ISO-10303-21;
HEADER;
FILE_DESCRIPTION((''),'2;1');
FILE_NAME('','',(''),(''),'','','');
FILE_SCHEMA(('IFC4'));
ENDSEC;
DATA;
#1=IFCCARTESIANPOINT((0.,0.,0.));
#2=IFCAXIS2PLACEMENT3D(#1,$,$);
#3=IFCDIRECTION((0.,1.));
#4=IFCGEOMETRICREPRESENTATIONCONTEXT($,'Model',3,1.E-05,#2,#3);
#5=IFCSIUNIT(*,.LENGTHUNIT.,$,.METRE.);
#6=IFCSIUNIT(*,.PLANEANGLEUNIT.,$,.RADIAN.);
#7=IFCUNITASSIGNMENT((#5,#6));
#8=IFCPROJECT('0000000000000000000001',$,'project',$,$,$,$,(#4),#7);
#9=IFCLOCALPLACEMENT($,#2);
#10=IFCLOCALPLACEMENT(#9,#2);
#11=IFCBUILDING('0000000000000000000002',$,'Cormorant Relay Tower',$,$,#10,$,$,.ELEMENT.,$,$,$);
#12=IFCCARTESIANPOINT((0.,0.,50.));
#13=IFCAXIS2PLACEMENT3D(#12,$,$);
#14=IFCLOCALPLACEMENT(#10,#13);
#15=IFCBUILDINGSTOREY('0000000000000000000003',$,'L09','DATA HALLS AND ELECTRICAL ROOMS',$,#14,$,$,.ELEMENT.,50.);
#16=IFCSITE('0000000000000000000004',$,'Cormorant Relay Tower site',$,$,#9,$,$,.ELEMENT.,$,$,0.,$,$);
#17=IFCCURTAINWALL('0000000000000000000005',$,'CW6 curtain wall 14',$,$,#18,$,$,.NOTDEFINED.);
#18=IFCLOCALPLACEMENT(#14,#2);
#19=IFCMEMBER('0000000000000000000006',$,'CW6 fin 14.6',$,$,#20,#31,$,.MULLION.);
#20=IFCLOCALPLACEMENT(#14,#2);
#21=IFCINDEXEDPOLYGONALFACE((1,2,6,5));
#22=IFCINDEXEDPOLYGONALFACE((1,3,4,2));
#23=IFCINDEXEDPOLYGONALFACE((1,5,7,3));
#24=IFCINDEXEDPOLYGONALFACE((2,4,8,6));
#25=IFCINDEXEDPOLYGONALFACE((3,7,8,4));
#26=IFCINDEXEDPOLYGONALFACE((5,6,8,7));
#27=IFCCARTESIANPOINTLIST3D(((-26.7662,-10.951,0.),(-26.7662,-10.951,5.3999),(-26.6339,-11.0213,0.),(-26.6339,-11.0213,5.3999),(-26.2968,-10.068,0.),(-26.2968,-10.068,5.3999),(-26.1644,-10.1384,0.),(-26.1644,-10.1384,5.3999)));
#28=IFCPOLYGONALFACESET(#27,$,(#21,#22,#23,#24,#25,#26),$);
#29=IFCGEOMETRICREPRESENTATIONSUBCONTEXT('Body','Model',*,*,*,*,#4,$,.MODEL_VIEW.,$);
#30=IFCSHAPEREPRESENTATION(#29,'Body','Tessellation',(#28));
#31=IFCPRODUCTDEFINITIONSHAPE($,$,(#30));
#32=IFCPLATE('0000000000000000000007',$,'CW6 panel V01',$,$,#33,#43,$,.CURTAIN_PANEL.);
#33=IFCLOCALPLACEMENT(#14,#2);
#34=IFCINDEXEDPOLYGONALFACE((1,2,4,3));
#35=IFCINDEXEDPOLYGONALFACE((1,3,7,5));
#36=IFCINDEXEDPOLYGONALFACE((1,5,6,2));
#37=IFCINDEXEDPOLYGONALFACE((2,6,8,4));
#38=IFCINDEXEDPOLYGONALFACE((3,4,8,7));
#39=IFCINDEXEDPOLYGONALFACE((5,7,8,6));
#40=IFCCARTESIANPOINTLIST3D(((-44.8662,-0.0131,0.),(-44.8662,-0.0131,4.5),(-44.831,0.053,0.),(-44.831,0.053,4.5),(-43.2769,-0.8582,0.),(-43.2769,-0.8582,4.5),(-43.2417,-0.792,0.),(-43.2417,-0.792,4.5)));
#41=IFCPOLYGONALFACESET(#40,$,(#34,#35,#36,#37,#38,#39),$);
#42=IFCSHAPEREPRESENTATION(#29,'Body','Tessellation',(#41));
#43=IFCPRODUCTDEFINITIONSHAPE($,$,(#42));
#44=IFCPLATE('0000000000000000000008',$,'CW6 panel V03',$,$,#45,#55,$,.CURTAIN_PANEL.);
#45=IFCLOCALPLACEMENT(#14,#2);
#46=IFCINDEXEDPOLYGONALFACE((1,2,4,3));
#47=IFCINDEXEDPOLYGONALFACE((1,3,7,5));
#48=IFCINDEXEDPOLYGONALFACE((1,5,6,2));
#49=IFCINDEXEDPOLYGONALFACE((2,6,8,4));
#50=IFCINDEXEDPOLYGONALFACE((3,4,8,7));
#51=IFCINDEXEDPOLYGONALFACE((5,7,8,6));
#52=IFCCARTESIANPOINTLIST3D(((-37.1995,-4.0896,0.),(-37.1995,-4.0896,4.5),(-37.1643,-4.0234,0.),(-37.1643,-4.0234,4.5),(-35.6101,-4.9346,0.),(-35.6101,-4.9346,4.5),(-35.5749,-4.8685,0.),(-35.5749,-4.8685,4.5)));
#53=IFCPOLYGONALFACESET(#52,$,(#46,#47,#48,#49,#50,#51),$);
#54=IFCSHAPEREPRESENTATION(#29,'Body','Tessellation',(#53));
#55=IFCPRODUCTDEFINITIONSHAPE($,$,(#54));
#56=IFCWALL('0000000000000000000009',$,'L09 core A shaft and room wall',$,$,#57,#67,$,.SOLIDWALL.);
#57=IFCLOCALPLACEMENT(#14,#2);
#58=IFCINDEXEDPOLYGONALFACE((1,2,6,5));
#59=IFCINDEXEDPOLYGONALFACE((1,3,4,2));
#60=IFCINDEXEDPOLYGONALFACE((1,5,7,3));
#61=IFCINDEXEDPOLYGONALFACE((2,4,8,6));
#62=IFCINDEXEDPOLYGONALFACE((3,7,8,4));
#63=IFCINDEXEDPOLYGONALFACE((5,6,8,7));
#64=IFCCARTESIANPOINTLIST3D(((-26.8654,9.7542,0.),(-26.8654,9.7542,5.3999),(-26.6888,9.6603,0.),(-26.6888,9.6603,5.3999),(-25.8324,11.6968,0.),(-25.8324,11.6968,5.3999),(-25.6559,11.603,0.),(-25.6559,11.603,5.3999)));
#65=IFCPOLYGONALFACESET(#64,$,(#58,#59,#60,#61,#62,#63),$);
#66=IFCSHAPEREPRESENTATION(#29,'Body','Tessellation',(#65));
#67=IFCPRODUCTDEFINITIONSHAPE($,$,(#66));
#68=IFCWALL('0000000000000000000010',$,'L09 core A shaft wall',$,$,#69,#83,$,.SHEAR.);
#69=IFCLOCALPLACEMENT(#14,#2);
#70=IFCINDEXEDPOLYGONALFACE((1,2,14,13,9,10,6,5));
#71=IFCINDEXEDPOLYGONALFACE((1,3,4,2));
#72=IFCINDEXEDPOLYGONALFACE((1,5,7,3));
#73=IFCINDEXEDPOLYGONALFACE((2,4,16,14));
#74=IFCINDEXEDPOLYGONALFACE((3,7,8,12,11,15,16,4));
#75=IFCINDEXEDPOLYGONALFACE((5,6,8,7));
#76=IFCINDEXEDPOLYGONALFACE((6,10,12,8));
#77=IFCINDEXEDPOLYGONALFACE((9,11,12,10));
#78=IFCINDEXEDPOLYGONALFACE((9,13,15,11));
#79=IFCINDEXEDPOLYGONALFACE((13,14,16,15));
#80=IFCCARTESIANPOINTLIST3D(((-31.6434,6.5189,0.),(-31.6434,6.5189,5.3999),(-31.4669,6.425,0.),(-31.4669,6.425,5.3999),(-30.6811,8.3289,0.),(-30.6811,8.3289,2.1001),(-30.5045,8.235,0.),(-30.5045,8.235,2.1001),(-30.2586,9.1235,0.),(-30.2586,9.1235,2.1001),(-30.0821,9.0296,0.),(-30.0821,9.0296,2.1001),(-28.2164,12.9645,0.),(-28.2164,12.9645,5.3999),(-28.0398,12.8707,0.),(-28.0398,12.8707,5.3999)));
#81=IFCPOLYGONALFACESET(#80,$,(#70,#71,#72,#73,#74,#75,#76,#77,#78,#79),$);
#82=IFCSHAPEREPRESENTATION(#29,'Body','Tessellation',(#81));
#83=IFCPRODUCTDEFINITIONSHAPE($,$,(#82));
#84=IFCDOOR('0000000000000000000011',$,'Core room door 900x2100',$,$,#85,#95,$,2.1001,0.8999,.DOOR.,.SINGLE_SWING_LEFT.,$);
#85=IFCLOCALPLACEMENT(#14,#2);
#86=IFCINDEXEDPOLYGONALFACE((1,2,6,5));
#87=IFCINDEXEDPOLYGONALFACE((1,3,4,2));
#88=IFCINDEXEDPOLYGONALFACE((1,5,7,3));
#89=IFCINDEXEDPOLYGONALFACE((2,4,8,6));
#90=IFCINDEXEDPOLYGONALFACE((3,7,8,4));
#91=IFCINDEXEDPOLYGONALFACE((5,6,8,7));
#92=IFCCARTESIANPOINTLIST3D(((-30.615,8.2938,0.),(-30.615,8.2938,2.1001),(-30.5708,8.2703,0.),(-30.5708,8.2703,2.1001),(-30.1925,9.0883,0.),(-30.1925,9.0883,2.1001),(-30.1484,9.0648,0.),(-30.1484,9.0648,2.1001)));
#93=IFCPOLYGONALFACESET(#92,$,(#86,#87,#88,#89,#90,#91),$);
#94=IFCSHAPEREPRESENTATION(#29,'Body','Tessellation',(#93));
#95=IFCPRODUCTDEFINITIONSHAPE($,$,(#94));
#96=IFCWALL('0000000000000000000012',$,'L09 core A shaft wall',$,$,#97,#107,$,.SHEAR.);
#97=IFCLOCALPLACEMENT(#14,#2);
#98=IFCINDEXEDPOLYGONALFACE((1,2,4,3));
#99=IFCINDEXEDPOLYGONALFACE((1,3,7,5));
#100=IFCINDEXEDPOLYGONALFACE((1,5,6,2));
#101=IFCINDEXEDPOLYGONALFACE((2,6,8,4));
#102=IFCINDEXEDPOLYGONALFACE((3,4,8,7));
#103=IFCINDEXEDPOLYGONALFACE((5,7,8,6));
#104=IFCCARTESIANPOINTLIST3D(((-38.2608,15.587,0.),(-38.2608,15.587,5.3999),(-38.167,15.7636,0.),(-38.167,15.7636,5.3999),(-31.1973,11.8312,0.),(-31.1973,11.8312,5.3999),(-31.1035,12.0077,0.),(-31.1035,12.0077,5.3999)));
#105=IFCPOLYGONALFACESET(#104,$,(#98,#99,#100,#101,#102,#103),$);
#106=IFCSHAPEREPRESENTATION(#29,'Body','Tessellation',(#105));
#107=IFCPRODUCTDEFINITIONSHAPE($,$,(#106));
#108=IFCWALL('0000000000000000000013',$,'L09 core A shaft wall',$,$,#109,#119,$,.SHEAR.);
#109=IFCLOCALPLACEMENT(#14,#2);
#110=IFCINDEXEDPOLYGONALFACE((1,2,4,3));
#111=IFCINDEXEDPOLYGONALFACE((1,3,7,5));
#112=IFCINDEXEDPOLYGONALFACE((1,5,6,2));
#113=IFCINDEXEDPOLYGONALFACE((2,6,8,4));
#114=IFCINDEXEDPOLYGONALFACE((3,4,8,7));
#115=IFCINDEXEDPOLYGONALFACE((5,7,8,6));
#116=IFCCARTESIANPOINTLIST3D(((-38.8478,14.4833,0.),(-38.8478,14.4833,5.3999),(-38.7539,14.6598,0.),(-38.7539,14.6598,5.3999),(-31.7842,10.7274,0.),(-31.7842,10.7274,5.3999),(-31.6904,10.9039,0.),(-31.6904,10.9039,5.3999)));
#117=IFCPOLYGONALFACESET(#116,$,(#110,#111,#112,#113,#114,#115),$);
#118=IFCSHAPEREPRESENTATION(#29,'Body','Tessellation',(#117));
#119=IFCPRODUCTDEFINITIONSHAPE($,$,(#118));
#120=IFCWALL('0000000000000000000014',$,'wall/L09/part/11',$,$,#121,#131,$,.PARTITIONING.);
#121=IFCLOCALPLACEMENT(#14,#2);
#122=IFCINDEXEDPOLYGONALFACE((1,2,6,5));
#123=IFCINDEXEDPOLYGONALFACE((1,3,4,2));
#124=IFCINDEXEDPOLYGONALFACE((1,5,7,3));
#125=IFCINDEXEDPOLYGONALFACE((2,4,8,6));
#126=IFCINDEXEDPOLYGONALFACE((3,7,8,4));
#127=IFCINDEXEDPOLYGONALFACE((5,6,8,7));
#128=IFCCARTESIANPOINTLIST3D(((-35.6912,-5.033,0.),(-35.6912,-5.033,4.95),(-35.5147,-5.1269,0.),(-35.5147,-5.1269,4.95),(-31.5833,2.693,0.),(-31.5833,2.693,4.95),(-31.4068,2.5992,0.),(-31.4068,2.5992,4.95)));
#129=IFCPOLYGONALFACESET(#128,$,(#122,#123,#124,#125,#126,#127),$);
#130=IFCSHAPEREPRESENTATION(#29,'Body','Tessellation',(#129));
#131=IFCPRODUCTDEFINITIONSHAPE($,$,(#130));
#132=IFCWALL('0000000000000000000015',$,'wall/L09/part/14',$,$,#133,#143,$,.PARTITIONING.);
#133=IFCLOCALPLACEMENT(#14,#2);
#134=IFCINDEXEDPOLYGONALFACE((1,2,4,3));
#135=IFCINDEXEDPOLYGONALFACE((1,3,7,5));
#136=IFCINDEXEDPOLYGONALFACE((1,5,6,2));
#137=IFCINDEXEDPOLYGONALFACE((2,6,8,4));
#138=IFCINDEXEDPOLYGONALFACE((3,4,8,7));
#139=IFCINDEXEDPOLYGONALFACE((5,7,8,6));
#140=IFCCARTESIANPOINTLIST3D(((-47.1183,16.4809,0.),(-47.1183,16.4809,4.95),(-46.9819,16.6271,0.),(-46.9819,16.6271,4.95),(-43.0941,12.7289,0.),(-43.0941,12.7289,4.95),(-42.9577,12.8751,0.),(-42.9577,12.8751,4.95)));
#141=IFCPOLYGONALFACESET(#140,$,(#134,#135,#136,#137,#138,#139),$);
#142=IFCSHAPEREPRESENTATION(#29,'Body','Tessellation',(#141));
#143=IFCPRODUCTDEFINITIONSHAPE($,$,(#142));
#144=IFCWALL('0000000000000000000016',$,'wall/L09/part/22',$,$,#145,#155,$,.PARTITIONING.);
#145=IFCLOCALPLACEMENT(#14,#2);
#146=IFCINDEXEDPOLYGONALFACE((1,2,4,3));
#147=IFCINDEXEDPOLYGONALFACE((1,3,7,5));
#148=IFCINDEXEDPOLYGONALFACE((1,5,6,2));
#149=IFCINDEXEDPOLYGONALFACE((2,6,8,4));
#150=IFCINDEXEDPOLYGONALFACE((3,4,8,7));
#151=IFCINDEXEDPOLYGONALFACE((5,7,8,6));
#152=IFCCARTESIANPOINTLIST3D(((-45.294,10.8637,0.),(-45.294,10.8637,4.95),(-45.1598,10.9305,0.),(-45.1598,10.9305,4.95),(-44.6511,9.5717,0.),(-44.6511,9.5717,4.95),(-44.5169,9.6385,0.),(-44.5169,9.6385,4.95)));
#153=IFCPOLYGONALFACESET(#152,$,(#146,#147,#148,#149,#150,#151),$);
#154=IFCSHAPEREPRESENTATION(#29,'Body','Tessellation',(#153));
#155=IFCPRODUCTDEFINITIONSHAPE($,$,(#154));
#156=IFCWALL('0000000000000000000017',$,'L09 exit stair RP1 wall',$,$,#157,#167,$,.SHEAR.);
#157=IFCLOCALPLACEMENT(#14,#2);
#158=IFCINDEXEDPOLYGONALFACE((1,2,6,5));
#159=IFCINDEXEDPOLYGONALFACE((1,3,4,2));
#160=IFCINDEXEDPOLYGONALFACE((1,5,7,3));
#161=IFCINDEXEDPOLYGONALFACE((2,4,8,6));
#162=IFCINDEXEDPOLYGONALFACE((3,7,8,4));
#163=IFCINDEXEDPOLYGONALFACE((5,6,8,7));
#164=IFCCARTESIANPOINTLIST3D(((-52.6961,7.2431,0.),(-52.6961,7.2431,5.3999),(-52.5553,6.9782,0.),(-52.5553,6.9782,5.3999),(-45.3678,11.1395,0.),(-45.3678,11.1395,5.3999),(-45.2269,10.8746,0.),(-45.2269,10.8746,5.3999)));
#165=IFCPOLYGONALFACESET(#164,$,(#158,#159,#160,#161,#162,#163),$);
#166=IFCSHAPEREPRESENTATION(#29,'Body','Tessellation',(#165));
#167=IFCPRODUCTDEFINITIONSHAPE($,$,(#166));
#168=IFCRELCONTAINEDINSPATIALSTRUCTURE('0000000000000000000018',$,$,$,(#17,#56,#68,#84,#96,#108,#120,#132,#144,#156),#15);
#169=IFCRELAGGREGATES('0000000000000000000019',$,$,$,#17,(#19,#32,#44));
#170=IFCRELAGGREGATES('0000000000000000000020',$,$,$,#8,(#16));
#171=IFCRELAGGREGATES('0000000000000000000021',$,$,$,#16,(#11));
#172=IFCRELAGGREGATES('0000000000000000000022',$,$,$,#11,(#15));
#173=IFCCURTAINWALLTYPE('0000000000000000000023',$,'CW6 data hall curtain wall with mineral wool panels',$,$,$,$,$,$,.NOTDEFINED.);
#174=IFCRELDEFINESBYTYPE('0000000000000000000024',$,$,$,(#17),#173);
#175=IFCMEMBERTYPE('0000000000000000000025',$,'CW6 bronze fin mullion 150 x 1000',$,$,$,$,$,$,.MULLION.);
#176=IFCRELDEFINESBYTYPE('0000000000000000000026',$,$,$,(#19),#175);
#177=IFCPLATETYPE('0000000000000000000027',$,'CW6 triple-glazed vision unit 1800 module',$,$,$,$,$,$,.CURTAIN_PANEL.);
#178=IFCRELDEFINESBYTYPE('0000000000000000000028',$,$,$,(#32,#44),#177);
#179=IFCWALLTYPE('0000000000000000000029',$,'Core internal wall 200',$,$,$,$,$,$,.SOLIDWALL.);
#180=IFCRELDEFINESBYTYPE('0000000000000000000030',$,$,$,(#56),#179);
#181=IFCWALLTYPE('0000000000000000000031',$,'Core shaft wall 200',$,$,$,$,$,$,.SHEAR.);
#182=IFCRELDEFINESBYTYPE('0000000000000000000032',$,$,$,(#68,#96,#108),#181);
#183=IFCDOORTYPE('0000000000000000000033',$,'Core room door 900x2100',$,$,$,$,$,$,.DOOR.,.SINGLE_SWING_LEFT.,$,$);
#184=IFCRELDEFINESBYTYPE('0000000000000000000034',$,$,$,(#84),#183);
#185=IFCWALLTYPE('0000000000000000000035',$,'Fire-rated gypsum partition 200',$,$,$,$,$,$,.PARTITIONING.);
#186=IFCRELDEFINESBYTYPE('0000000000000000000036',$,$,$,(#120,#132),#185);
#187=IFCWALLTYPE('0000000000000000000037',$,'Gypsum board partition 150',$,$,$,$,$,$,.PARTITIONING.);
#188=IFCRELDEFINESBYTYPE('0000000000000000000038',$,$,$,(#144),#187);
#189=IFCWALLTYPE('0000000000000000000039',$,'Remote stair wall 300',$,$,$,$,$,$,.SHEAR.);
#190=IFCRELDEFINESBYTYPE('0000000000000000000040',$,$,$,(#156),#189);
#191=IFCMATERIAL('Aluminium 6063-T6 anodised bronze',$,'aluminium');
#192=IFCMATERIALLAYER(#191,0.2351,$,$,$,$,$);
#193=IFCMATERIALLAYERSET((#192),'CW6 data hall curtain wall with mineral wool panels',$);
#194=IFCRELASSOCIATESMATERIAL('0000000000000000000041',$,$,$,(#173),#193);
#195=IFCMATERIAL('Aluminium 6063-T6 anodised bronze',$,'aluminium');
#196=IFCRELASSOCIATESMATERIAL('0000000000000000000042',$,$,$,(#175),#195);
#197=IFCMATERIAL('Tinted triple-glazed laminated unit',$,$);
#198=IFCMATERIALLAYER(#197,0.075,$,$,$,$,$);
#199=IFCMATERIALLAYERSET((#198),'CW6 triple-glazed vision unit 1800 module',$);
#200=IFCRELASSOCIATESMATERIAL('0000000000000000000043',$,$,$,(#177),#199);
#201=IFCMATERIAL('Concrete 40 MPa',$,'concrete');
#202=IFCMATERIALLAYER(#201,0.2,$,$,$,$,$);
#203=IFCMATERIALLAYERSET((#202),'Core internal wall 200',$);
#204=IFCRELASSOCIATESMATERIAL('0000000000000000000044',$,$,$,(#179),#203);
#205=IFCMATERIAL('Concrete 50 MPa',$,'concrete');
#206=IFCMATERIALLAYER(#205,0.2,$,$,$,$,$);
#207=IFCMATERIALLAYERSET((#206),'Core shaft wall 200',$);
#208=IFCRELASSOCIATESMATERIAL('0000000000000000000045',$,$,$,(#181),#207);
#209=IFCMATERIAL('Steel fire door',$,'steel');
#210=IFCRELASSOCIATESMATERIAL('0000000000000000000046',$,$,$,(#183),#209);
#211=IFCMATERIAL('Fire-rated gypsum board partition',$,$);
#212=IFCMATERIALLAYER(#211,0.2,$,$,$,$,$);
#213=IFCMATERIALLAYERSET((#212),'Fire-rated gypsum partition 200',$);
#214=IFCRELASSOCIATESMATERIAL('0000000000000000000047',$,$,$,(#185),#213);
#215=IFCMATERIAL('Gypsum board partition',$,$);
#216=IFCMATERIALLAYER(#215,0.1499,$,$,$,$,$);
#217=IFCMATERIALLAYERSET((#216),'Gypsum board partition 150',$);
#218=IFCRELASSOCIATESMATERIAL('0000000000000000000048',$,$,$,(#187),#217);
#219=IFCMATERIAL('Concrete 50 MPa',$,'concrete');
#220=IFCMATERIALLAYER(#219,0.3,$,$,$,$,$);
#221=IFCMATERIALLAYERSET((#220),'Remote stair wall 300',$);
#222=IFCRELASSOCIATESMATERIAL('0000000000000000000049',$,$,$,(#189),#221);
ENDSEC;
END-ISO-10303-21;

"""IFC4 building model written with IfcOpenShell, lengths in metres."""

from ifc_helpers import new_model, si_unit, direction, frame, frame_2d, origin, origin_2d, place, context, subcontext, project, spatial, rectangle, extrude, material, layer, layer_set, material_profile, profile_set, type_object, element, fill, aggregate, save


model = new_model("IFC4")

# Units and contexts
model_context = context("Model", 3, precision=1e-05, world=origin(), true_north=direction((0.0, 1.0)))
body_context = subcontext(model_context, "Body", "Model", "MODEL_VIEW")
ifc_project = project(units=[si_unit("LENGTHUNIT", "METRE"), si_unit("PLANEANGLEUNIT", "RADIAN")], contexts=[model_context])

# Site, building, storey
site_placement = place(None, origin())
site = spatial("IfcSite", under=ifc_project, at=site_placement, Name="Cormorant Relay Tower site", CompositionType="ELEMENT", RefElevation=0.0)
building_placement = place(site_placement, origin())
building = spatial("IfcBuilding", under=site, at=building_placement, Name="Cormorant Relay Tower", CompositionType="ELEMENT")
storey_placement = place(building_placement, frame((0.0, 0.0, 50.0)))
storey = spatial("IfcBuildingStorey", under=building, at=storey_placement, Name="L09", Description="DATA HALLS AND ELECTRICAL ROOMS", CompositionType="ELEMENT", Elevation=50.0)

# Curtain wall, member, plates
ifc_material_1 = material(Name="Aluminium 6063-T6 anodised bronze", Category="aluminium")
ifc_layer_1 = layer(ifc_material_1, 0.2351)
ifc_layer_set_1 = layer_set([ifc_layer_1], Name="CW6 data hall curtain wall with mineral wool panels")
curtain_wall_type = type_object("IfcCurtainWallType", Name="CW6 data hall curtain wall with mineral wool panels", PredefinedType="NOTDEFINED", material=ifc_layer_set_1)
curtain_wall_placement = place(storey_placement, origin())
curtain_wall = element("IfcCurtainWall", 1, at=curtain_wall_placement, inside=storey, type_object=curtain_wall_type, Name="CW6 curtain wall 14", PredefinedType="NOTDEFINED")
ifc_material_2 = material(Name="Aluminium 6063-T6 anodised bronze", Category="aluminium")
ifc_material_profile_1 = material_profile(ifc_material_2, rectangle(XDim=0.1499, YDim=1.0, at=origin_2d()), Name="AL 150x1000")
ifc_profile_set_1 = profile_set([ifc_material_profile_1], Name="Aluminium 6063-T6 anodised bronze")
member_type = type_object("IfcMemberType", Name="CW6 bronze fin mullion 150 x 1000", PredefinedType="MULLION", material=ifc_profile_set_1)
member_1_placement = place(storey_placement, frame((-26.4653, -10.5447, 0.0), z_axis=(0.0, 0.0, 1.0), x_axis=(0.882948, -0.469472, 0.0)))
member_1 = element("IfcMember", 2, at=member_1_placement, type_object=member_type, Name="CW6 fin 14.6", PredefinedType="MULLION", context=body_context, shape_type="SweptSolid", body=[
    extrude(rectangle(XDim=0.1499, YDim=1.0, at=origin_2d()), origin(), (0.0, 0.0, 1.0), 5.3999),
])
ifc_material_3 = material(Name="Tinted triple-glazed laminated unit")
ifc_layer_2 = layer(ifc_material_3, 0.075)
ifc_layer_set_2 = layer_set([ifc_layer_2], Name="CW6 triple-glazed vision unit 1800 module")
plate_type = type_object("IfcPlateType", Name="CW6 triple-glazed vision unit 1800 module", PredefinedType="CURTAIN_PANEL", material=ifc_layer_set_2)
plate_1_placement = place(storey_placement, frame((-44.054, -0.4026, 0.0), z_axis=(0.0, 0.0, 1.0), x_axis=(0.882948, -0.469472, 0.0)))
plate_1 = element("IfcPlate", 3, at=plate_1_placement, type_object=plate_type, Name="CW6 panel V01", PredefinedType="CURTAIN_PANEL", context=body_context, shape_type="SweptSolid", body=[
    extrude(rectangle(XDim=1.8, YDim=0.075, at=origin_2d()), origin(), (0.0, 0.0, 1.0), 4.5),
])
plate_2_placement = place(storey_placement, frame((-36.3872, -4.479, 0.0), z_axis=(0.0, 0.0, 1.0), x_axis=(0.882948, -0.469472, 0.0)))
plate_2 = element("IfcPlate", 4, at=plate_2_placement, type_object=plate_type, Name="CW6 panel V03", PredefinedType="CURTAIN_PANEL", context=body_context, shape_type="SweptSolid", body=[
    extrude(rectangle(XDim=1.8, YDim=0.075, at=origin_2d()), origin(), (0.0, 0.0, 1.0), 4.5),
])

# Wall
ifc_material_4 = material(Name="Concrete 40 MPa", Category="concrete")
ifc_layer_3 = layer(ifc_material_4, 0.2)
ifc_layer_set_3 = layer_set([ifc_layer_3], Name="Core internal wall 200")
wall_type_1 = type_object("IfcWallType", Name="Core internal wall 200", PredefinedType="SOLIDWALL", material=ifc_layer_set_3)
wall_1_placement = place(storey_placement, frame((-25.7441, 11.6499, 0.0), z_axis=(0.0, 0.0, 1.0), x_axis=(-0.469488, -0.882939, 0.0)))
element("IfcWall", 5, at=wall_1_placement, inside=storey, type_object=wall_type_1, Name="L09 core A shaft and room wall", PredefinedType="SOLIDWALL", context=body_context, shape_type="SweptSolid", body=[
    extrude(rectangle(XDim=2.2002, YDim=0.2, at=frame_2d((1.1001, 0.0))), origin(), (0.0, 0.0, 1.0), 5.3999),
])

# Wall, opening, door
ifc_material_5 = material(Name="Concrete 50 MPa", Category="concrete")
ifc_layer_4 = layer(ifc_material_5, 0.2)
ifc_layer_set_4 = layer_set([ifc_layer_4], Name="Core shaft wall 200")
wall_type_2 = type_object("IfcWallType", Name="Core shaft wall 200", PredefinedType="SHEAR", material=ifc_layer_set_4)
wall_2_placement = place(storey_placement, frame((-28.1282, 12.9175, 0.0), z_axis=(0.0, 0.0, 1.0), x_axis=(-0.469454, -0.882957, 0.0)))
wall_2 = element("IfcWall", 6, at=wall_2_placement, inside=storey, type_object=wall_type_2, Name="L09 core A shaft wall", PredefinedType="SHEAR", context=body_context, shape_type="SweptSolid", body=[
    extrude(rectangle(XDim=7.3, YDim=0.2, at=frame_2d((3.6499, 0.0))), origin(), (0.0, 0.0, 1.0), 5.3999),
])
opening_placement = place(wall_2_placement, frame((4.3501, 0.0, 0.0)))
opening = element("IfcOpeningElement", 7, at=opening_placement, cuts=wall_2, PredefinedType="OPENING", context=body_context, shape_type="SweptSolid", body=[
    extrude(rectangle(XDim=0.8999, YDim=2.1001, at=frame_2d((0.45, 1.05))), frame((0.0, 0.1099, 0.0), z_axis=(0.0, -1.0, 0.0), x_axis=(1.0, 0.0, 0.0)), (0.0, 0.0, 1.0), 0.22),
])
ifc_material_6 = material(Name="Steel fire door", Category="steel")
door_type = type_object("IfcDoorType", Name="Core room door 900x2100", OperationType="SINGLE_SWING_LEFT", PredefinedType="DOOR", material=ifc_material_6)
door_placement = place(opening_placement, origin())
door = element("IfcDoor", 8, at=door_placement, inside=storey, type_object=door_type, Name="Core room door 900x2100", OperationType="SINGLE_SWING_LEFT", OverallHeight=2.1001, OverallWidth=0.8999, PredefinedType="DOOR", context=body_context, shape_type="SweptSolid", body=[
    extrude(rectangle(XDim=0.8999, YDim=2.1001, at=frame_2d((0.45, 1.05))), frame((0.0, 0.0249, 0.0), z_axis=(0.0, -1.0, 0.0), x_axis=(1.0, 0.0, 0.0)), (0.0, 0.0, 1.0), 0.05),
])
fill(opening, door)

# Walls
for number, where, z_axis, x_axis, name in (
    (9, (-31.1504, 11.9194, 0.0), (0.0, 0.0, 1.0), (-0.88294, 0.469485, 0.0), "L09 core A shaft wall"),
    (10, (-31.7373, 10.8157, 0.0), (0.0, 0.0, 1.0), (-0.88294, 0.469485, 0.0), "L09 core A shaft wall"),
):
    element("IfcWall", number, at=place(storey_placement, frame(where, z_axis=z_axis, x_axis=x_axis)), inside=storey, type_object=wall_type_2, Name=name, PredefinedType="SHEAR", context=body_context, shape_type="SweptSolid", body=[
        extrude(rectangle(XDim=8.0, YDim=0.2, at=frame_2d((4.0, 0.0))), origin(), (0.0, 0.0, 1.0), 5.3999),
    ])
ifc_material_7 = material(Name="Fire-rated gypsum board partition")
ifc_layer_5 = layer(ifc_material_7, 0.2)
ifc_layer_set_5 = layer_set([ifc_layer_5], Name="Fire-rated gypsum partition 200")
wall_type_3 = type_object("IfcWallType", Name="Fire-rated gypsum partition 200", PredefinedType="PARTITIONING", material=ifc_layer_set_5)
wall_3_placement = place(storey_placement, frame((-31.4951, 2.646, 0.0), z_axis=(0.0, 0.0, 1.0), x_axis=(-0.469461, -0.882953, 0.0)))
element("IfcWall", 11, at=wall_3_placement, inside=storey, type_object=wall_type_3, Name="wall/L09/part/11", PredefinedType="PARTITIONING", context=body_context, shape_type="SweptSolid", body=[
    extrude(rectangle(XDim=8.7502, YDim=0.2, at=frame_2d((4.375, 0.0))), origin(), (0.0, 0.0, 1.0), 4.95),
])
wall_4_placement = place(storey_placement, frame((-43.0259, 12.802, 0.0), z_axis=(0.0, 0.0, 1.0), x_axis=(-0.731412, 0.681936, 0.0)))
element("IfcWall", 12, at=wall_4_placement, inside=storey, type_object=wall_type_3, Name="wall/L09/part/14", PredefinedType="PARTITIONING", context=body_context, shape_type="SweptSolid", body=[
    extrude(rectangle(XDim=5.502, YDim=0.2, at=frame_2d((2.751, 0.0))), origin(), (0.0, 0.0, 1.0), 4.95),
])
ifc_material_8 = material(Name="Gypsum board partition")
ifc_layer_6 = layer(ifc_material_8, 0.1499)
ifc_layer_set_6 = layer_set([ifc_layer_6], Name="Gypsum board partition 150")
wall_type_4 = type_object("IfcWallType", Name="Gypsum board partition 150", PredefinedType="PARTITIONING", material=ifc_layer_set_6)
wall_5_placement = place(storey_placement, frame((-44.584, 9.605, 0.0), z_axis=(0.0, 0.0, 1.0), x_axis=(-0.445453, 0.895305, 0.0)))
element("IfcWall", 13, at=wall_5_placement, inside=storey, type_object=wall_type_4, Name="wall/L09/part/22", PredefinedType="PARTITIONING", context=body_context, shape_type="SweptSolid", body=[
    extrude(rectangle(XDim=1.4431, YDim=0.1499, at=frame_2d((0.7217, 0.0))), origin(), (0.0, 0.0, 1.0), 4.95),
])
ifc_material_9 = material(Name="Concrete 50 MPa", Category="concrete")
ifc_layer_7 = layer(ifc_material_9, 0.3)
ifc_layer_set_7 = layer_set([ifc_layer_7], Name="Remote stair wall 300")
wall_type_5 = type_object("IfcWallType", Name="Remote stair wall 300", PredefinedType="SHEAR", material=ifc_layer_set_7)
wall_6_placement = place(storey_placement, frame((-45.2974, 11.0071, 0.0), z_axis=(0.0, 0.0, 1.0), x_axis=(-0.882952, -0.469464, 0.0)))
element("IfcWall", 14, at=wall_6_placement, inside=storey, type_object=wall_type_5, Name="L09 exit stair RP1 wall", PredefinedType="SHEAR", context=body_context, shape_type="SweptSolid", body=[
    extrude(rectangle(XDim=8.2998, YDim=0.3, at=frame_2d((4.1499, 0.0))), origin(), (0.0, 0.0, 1.0), 5.3999),
])

aggregate(curtain_wall, [member_1, plate_1, plate_2])

save(model, "model.ifc")
